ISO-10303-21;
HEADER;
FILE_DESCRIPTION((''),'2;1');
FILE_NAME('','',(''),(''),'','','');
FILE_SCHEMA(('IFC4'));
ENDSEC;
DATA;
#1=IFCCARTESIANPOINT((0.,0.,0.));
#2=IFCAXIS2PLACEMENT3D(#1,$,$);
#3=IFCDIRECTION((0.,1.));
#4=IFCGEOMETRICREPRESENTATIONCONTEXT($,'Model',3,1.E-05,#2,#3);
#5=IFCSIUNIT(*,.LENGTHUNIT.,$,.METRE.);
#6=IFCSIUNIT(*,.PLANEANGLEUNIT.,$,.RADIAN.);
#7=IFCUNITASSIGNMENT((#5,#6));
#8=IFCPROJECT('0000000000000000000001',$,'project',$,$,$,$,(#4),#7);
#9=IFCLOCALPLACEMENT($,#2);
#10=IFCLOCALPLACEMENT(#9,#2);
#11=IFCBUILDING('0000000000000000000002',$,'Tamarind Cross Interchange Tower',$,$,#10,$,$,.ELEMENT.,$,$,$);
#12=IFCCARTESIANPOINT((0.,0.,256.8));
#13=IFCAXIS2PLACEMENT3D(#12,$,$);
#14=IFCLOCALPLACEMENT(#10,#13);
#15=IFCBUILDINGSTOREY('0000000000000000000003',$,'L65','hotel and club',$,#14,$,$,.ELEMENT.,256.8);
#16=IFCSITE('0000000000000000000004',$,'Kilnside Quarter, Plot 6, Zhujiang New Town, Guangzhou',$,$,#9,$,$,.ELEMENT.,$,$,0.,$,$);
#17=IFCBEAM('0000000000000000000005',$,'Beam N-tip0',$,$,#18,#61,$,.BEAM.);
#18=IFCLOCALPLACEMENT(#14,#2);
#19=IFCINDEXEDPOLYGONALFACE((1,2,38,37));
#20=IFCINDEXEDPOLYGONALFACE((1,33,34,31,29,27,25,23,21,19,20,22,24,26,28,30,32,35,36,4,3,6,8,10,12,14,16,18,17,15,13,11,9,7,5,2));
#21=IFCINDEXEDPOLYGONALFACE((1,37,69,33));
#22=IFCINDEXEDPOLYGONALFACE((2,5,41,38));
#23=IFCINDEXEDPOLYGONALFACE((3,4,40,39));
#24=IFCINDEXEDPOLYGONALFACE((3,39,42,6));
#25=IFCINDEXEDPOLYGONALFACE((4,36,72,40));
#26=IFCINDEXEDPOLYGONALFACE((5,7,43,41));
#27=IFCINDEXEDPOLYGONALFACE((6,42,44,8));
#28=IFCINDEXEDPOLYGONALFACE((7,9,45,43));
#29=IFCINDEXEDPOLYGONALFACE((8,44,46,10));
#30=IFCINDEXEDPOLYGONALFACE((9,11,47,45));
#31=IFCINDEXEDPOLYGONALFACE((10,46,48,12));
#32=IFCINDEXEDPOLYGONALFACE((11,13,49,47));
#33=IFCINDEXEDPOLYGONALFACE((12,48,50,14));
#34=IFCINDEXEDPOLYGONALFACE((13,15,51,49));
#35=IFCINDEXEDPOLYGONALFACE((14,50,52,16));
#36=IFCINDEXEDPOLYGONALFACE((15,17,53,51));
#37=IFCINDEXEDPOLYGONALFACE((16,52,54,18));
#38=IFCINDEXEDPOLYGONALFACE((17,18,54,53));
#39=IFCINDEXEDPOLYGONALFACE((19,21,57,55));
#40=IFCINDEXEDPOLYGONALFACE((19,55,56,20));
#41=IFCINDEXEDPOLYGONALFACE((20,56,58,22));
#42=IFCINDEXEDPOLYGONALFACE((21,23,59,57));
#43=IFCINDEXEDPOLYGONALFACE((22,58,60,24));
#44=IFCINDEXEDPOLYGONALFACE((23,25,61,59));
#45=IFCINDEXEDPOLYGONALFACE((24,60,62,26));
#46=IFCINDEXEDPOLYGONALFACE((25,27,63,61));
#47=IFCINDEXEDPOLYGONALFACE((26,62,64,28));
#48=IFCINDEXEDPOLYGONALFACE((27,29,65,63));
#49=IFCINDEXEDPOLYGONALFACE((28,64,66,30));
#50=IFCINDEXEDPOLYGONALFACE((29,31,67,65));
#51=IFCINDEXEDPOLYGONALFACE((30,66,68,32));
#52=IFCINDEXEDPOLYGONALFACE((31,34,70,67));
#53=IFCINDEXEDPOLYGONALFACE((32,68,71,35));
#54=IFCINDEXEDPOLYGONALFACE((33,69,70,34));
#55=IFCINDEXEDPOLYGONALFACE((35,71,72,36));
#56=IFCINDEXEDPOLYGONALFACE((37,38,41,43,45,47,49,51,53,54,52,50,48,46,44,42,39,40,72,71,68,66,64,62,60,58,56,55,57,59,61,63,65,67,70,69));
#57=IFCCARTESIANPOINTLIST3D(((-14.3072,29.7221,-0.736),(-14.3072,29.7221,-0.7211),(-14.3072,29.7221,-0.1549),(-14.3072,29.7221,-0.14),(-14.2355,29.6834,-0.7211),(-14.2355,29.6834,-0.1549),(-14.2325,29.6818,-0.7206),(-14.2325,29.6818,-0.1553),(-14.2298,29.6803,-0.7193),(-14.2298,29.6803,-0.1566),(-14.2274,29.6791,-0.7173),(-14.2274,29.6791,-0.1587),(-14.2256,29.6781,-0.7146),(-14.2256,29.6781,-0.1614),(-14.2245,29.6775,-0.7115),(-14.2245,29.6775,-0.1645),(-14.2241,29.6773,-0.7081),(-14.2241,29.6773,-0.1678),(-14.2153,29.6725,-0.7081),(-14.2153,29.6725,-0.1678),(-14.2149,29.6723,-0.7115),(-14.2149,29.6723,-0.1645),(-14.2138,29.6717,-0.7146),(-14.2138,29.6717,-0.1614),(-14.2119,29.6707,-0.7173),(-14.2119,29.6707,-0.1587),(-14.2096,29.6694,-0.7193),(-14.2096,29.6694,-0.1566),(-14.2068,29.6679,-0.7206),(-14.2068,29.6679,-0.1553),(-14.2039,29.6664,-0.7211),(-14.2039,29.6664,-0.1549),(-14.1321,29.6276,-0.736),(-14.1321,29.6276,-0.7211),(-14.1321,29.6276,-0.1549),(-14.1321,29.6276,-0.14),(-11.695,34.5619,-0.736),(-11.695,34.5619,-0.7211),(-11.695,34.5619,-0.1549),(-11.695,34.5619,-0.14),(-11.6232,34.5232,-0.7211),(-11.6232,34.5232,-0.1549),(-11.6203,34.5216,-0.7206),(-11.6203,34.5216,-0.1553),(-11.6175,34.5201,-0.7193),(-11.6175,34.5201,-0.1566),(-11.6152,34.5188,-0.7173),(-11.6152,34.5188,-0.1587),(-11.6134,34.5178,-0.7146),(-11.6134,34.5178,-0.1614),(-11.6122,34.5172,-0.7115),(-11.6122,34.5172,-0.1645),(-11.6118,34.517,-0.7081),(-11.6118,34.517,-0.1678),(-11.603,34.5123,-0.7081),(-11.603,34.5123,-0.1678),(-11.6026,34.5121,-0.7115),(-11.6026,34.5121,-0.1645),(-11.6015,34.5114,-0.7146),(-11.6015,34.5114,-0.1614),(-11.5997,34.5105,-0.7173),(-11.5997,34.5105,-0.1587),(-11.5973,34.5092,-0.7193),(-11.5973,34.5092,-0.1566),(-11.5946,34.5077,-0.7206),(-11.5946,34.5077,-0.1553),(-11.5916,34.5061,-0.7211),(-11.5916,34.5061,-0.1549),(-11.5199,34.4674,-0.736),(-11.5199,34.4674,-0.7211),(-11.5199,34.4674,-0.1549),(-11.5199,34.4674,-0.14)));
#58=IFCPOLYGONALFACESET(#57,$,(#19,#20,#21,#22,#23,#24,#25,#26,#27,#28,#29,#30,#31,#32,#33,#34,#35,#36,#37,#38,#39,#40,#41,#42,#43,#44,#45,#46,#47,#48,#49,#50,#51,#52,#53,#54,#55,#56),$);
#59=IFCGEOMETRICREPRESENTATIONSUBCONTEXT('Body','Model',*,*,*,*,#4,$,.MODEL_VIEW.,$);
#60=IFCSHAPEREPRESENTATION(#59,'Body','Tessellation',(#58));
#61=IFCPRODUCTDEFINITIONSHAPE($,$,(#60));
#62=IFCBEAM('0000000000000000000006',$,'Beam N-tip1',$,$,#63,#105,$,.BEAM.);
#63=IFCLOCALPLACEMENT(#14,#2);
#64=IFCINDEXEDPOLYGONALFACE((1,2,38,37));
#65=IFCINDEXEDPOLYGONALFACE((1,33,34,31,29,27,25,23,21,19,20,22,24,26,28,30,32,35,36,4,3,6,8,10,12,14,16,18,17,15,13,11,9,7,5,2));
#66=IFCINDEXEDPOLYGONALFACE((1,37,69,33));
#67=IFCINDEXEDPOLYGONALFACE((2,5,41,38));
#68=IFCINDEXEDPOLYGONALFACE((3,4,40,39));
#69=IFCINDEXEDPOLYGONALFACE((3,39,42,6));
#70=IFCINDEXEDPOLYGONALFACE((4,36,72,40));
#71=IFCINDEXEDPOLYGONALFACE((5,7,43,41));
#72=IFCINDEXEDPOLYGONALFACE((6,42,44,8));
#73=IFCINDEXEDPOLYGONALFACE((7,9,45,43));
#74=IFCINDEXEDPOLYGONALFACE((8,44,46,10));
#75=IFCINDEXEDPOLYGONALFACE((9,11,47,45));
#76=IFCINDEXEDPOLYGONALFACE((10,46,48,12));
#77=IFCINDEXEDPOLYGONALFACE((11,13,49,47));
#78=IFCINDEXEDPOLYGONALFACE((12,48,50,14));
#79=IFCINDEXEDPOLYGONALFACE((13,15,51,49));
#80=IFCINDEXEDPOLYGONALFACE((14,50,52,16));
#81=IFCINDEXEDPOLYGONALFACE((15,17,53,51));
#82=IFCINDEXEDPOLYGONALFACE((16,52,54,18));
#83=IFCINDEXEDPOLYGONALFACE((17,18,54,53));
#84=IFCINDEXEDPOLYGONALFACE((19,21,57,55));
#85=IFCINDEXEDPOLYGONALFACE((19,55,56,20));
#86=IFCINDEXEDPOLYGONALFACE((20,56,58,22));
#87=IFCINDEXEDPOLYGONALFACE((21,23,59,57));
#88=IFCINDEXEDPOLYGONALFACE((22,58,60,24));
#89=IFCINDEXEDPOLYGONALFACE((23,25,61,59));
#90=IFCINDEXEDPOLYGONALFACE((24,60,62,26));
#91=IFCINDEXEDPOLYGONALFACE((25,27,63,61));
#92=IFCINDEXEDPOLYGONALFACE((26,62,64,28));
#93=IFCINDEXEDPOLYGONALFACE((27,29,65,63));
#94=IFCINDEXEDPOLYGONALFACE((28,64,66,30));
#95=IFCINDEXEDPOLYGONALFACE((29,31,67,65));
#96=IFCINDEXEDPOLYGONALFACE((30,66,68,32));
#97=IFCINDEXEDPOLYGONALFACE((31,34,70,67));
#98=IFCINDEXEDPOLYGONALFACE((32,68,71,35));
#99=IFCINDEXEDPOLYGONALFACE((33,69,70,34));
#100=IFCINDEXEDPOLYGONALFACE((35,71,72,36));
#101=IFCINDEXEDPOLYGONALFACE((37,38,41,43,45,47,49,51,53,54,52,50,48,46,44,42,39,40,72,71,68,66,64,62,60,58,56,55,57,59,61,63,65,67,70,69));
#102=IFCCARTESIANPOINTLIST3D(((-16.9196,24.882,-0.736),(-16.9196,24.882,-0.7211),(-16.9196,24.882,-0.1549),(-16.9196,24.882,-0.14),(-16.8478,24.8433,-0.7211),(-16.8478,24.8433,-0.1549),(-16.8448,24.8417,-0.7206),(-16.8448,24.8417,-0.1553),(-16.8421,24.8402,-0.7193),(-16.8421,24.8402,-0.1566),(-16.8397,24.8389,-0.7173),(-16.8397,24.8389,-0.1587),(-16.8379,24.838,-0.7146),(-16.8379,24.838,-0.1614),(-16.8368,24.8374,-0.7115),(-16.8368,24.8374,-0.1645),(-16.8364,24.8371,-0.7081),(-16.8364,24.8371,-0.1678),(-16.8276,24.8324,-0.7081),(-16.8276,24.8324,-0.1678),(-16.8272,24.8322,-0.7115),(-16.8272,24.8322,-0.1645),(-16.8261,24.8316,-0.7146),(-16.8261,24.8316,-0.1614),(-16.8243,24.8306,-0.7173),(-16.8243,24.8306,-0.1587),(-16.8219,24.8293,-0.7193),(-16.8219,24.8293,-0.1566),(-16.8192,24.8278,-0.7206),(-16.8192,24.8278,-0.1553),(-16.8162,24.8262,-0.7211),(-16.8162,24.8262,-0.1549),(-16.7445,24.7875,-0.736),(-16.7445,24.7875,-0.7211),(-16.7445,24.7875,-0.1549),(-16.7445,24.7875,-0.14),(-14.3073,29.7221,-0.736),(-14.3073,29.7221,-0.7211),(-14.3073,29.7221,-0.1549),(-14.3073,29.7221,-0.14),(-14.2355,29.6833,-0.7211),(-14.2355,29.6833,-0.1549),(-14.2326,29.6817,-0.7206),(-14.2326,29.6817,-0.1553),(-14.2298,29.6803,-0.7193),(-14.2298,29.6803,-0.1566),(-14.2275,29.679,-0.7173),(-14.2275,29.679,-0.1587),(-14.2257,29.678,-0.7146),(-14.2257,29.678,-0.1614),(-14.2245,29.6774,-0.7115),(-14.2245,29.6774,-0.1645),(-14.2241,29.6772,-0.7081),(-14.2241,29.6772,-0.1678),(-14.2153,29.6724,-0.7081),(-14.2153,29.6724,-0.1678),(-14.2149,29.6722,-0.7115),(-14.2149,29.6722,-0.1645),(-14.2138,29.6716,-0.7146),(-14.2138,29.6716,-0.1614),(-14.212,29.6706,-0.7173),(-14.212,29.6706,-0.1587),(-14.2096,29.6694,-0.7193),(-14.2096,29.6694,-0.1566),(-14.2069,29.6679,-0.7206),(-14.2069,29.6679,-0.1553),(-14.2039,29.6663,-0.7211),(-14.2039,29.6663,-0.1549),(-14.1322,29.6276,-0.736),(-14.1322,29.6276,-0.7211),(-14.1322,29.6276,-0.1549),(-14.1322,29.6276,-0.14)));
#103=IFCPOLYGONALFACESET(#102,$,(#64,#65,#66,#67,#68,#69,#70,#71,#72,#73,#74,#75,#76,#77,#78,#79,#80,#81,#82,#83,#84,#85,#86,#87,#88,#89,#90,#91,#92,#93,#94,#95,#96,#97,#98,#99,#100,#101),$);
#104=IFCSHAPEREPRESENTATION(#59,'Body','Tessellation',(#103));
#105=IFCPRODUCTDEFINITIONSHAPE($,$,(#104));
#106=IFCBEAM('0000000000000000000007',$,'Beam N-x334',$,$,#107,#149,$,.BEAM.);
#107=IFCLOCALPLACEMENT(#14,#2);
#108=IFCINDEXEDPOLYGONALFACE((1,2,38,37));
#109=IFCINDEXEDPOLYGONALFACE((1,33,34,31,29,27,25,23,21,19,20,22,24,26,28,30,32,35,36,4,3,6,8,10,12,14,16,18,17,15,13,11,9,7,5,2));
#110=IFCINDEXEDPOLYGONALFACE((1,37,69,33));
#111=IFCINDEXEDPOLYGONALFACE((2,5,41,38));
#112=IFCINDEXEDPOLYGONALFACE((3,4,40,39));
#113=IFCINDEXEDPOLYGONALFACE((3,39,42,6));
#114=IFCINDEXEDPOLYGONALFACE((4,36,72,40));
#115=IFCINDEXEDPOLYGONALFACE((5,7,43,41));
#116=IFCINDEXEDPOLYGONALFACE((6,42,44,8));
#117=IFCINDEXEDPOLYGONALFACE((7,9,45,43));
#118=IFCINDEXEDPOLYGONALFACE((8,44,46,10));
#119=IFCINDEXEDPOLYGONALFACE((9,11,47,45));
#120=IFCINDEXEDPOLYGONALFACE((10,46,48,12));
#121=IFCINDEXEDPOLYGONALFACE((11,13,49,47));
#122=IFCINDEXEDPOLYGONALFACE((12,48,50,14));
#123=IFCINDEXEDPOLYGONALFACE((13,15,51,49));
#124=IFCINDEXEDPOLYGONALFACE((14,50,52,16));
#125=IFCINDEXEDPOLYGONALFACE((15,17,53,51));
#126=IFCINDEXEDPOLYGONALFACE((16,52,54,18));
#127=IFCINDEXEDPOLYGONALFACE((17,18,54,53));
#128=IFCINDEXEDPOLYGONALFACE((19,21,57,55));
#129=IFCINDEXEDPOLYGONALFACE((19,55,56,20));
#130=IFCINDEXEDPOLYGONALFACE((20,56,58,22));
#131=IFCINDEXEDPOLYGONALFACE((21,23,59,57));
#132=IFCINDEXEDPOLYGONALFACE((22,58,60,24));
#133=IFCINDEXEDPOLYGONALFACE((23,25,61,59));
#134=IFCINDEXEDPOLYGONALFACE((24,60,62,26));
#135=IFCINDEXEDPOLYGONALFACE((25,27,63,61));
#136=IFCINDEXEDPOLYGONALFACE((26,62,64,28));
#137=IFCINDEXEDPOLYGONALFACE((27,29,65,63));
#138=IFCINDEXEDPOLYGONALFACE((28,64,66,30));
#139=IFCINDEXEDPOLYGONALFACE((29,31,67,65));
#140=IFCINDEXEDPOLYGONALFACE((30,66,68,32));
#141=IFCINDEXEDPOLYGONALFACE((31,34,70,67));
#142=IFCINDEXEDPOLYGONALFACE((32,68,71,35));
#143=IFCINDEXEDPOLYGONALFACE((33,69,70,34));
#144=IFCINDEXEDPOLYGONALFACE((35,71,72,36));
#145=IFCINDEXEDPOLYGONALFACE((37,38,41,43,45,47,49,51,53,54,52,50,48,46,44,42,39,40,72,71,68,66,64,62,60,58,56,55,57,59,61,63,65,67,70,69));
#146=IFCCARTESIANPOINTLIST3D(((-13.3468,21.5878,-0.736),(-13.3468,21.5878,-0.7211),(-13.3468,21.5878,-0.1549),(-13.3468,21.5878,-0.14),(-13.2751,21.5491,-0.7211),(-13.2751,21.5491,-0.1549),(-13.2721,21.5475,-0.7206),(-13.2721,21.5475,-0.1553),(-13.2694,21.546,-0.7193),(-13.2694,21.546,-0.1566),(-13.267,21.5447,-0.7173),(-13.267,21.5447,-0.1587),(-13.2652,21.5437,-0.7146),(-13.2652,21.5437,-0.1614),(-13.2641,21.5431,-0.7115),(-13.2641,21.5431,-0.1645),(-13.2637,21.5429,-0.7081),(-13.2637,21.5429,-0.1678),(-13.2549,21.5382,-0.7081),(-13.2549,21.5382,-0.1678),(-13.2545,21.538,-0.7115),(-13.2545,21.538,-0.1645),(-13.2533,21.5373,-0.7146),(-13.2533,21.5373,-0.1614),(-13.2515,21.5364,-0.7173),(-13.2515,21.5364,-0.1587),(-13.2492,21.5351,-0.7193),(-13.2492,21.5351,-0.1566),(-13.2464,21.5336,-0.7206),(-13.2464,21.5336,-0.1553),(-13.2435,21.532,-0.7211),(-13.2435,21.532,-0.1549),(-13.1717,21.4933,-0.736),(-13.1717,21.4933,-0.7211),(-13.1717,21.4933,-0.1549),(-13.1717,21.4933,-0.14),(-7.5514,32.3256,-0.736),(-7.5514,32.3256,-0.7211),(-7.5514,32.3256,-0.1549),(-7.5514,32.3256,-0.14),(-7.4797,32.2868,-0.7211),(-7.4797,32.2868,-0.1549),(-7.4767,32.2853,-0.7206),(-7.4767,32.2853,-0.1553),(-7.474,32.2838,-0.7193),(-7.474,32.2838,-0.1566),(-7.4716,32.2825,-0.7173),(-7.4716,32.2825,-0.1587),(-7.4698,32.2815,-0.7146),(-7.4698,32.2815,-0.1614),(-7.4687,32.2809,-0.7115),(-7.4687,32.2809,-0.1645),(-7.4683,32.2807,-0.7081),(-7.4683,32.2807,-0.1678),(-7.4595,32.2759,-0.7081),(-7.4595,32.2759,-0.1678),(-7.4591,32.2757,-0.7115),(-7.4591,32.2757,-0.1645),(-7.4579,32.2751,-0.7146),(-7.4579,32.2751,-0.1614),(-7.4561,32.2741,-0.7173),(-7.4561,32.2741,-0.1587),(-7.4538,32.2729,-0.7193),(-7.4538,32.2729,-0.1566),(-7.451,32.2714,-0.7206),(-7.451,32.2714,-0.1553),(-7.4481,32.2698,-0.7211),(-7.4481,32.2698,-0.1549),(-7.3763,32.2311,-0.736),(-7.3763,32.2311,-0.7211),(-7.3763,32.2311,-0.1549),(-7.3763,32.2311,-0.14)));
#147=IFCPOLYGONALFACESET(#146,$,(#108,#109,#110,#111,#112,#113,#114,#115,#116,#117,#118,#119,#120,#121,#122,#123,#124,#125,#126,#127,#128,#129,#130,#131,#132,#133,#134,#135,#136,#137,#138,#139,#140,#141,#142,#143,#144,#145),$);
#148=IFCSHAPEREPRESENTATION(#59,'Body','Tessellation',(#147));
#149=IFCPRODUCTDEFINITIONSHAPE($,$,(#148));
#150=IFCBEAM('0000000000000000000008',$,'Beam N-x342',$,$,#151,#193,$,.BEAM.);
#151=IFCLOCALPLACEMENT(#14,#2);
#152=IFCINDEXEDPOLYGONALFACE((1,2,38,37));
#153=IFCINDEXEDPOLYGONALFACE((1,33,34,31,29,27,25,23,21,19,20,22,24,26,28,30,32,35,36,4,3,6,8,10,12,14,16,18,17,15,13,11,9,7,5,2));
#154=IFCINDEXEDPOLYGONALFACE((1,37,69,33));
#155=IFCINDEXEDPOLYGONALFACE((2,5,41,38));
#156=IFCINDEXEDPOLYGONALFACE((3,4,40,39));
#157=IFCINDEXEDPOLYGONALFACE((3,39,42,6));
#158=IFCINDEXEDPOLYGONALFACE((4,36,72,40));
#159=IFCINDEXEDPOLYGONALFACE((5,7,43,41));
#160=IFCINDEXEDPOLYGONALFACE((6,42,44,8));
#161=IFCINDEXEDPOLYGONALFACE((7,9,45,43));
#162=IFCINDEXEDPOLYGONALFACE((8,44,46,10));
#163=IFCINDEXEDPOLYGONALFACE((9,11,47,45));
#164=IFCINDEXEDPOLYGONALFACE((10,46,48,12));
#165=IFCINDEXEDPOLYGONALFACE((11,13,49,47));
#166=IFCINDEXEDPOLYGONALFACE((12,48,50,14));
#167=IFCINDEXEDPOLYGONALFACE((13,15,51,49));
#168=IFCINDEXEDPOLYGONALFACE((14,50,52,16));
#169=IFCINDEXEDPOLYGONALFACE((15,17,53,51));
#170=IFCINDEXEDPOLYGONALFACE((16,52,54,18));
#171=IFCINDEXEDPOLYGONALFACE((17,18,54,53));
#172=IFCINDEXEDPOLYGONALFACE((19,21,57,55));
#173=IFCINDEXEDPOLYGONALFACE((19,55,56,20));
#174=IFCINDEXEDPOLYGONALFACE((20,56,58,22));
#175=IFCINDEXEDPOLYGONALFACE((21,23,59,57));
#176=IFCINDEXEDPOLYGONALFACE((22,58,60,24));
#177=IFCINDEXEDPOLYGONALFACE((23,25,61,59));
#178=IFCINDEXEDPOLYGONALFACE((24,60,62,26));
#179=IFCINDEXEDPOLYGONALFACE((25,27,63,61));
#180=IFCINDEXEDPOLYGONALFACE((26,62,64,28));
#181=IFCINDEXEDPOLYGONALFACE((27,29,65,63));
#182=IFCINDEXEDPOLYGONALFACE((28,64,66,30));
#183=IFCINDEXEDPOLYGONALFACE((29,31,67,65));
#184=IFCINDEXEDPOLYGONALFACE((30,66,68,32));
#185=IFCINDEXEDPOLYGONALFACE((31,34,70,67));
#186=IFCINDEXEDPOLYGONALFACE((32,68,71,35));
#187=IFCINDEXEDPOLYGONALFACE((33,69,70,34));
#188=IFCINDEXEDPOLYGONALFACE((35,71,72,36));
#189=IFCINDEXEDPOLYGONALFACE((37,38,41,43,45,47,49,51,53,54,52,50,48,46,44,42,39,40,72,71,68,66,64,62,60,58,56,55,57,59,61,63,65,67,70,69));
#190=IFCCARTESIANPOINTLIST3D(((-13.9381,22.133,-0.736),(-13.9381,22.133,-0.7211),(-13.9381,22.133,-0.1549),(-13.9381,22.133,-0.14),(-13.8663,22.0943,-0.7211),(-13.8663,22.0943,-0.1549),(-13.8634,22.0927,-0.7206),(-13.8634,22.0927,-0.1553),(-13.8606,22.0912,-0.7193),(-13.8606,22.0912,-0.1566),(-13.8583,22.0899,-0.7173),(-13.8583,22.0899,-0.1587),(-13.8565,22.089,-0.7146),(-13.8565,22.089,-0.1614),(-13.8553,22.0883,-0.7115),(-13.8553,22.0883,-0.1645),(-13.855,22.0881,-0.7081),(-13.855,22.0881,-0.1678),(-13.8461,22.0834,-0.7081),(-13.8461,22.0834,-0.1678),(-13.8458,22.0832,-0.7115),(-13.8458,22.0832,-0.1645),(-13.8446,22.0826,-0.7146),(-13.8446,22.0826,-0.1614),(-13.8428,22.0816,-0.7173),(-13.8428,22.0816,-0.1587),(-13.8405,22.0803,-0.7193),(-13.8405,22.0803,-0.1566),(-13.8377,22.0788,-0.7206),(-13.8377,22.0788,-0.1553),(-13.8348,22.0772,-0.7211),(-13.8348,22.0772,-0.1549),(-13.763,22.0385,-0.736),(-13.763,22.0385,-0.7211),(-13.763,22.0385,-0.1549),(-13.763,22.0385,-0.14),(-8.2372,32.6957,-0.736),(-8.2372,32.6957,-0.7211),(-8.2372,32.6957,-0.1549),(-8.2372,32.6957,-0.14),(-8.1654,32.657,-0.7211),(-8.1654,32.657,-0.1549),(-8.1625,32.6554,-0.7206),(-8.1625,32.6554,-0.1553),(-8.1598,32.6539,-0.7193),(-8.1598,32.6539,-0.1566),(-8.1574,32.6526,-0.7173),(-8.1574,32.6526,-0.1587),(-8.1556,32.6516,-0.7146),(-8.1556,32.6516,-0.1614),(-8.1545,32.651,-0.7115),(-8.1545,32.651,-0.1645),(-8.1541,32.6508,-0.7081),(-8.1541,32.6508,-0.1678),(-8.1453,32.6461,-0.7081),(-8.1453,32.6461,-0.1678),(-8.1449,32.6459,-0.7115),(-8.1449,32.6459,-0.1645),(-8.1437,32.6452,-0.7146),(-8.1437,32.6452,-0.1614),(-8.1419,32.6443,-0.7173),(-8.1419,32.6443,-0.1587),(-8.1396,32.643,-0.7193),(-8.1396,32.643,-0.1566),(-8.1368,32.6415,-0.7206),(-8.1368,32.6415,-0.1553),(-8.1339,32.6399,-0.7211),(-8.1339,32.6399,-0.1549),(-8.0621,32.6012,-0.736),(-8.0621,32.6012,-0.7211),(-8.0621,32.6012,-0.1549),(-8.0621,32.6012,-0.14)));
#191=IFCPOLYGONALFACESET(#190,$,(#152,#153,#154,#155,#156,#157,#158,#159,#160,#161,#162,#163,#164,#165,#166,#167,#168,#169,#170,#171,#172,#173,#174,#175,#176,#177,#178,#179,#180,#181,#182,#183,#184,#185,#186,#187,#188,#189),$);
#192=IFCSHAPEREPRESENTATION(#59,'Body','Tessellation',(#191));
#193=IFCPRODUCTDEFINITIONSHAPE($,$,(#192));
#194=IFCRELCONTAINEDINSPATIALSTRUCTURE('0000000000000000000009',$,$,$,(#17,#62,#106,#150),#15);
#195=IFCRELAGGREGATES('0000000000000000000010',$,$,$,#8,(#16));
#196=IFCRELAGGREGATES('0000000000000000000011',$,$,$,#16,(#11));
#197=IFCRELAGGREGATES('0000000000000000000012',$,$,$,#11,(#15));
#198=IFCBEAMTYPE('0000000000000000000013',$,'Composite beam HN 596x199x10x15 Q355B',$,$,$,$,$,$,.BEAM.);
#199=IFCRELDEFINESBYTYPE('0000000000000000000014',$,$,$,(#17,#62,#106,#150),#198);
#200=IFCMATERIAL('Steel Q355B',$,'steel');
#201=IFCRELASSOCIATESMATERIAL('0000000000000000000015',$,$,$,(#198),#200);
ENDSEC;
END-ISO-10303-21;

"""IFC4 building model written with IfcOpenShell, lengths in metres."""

from ifc_helpers import new_model, si_unit, direction, frame, origin, origin_2d, place, context, subcontext, project, spatial, i_section, extrude, material, material_profile, profile_set, type_object, element, save


model = new_model("IFC4")

# Units and contexts
model_context = context("Model", 3, precision=1e-05, world=origin(), true_north=direction((0.0, 1.0)))
body_context = subcontext(model_context, "Body", "Model", "MODEL_VIEW")
ifc_project = project(units=[si_unit("LENGTHUNIT", "METRE"), si_unit("PLANEANGLEUNIT", "RADIAN")], contexts=[model_context])

# Site, building, storey
site_placement = place(None, origin())
site = spatial("IfcSite", under=ifc_project, at=site_placement, Name="Kilnside Quarter, Plot 6, Zhujiang New Town, Guangzhou", CompositionType="ELEMENT", RefElevation=0.0)
building_placement = place(site_placement, origin())
building = spatial("IfcBuilding", under=site, at=building_placement, Name="Tamarind Cross Interchange Tower", CompositionType="ELEMENT")
storey_placement = place(building_placement, frame((0.0, 0.0, 256.8)))
storey = spatial("IfcBuildingStorey", under=building, at=storey_placement, Name="L65", Description="hotel and club", CompositionType="ELEMENT", Elevation=256.8)

# Beams
ifc_material_1 = material(Name="Steel Q355B", Category="steel")
ifc_material_profile_1 = material_profile(ifc_material_1, i_section(OverallWidth=0.199, OverallDepth=0.5959, WebThickness=0.01, FlangeThickness=0.0149, FilletRadius=0.0129, at=origin_2d()), Name="HN 596x199x10x15")
ifc_profile_set_1 = profile_set([ifc_material_profile_1], Name="Steel Q355B")
beam_type_1 = type_object("IfcBeamType", Name="Composite beam HN 596x199x10x15 Q355B", PredefinedType="BEAM", material=ifc_profile_set_1)
beam_1_placement = place(storey_placement, frame((-11.6074, 34.5146, -0.438), z_axis=(-0.474978, -0.879997, 0.0), x_axis=(0.879997, -0.474978, 0.0)))
element("IfcBeam", 1, at=beam_1_placement, inside=storey, type_object=beam_type_1, Name="Beam N-tip0", PredefinedType="BEAM", context=body_context, shape_type="SweptSolid", body=[
    extrude(i_section(OverallWidth=0.199, OverallDepth=0.5959, WebThickness=0.01, FlangeThickness=0.0149, FilletRadius=0.0129, at=origin_2d()), origin(), (0.0, 0.0, 1.0), 5.4998),
])
beam_2_placement = place(storey_placement, frame((-14.2197, 29.6748, -0.438), z_axis=(-0.47496, -0.880007, 0.0), x_axis=(0.880007, -0.47496, 0.0)))
element("IfcBeam", 2, at=beam_2_placement, inside=storey, type_object=beam_type_1, Name="Beam N-tip1", PredefinedType="BEAM", context=body_context, shape_type="SweptSolid", body=[
    extrude(i_section(OverallWidth=0.199, OverallDepth=0.5959, WebThickness=0.01, FlangeThickness=0.0149, FilletRadius=0.0129, at=origin_2d()), origin(), (0.0, 0.0, 1.0), 5.5),
])
beam_3_placement = place(storey_placement, frame((-7.4639, 32.2783, -0.438), z_axis=(-0.474959, -0.880008, 0.0), x_axis=(0.880008, -0.474959, 0.0)))
element("IfcBeam", 3, at=beam_3_placement, inside=storey, type_object=beam_type_1, Name="Beam N-x334", PredefinedType="BEAM", context=body_context, shape_type="SweptSolid", body=[
    extrude(i_section(OverallWidth=0.199, OverallDepth=0.5959, WebThickness=0.01, FlangeThickness=0.0149, FilletRadius=0.0129, at=origin_2d()), origin(), (0.0, 0.0, 1.0), 12.2019),
])
beam_4_placement = place(storey_placement, frame((-8.1497, 32.6484, -0.438), z_axis=(-0.474958, -0.880008, 0.0), x_axis=(0.880008, -0.474958, 0.0)))
element("IfcBeam", 4, at=beam_4_placement, inside=storey, type_object=beam_type_1, Name="Beam N-x342", PredefinedType="BEAM", context=body_context, shape_type="SweptSolid", body=[
    extrude(i_section(OverallWidth=0.199, OverallDepth=0.5959, WebThickness=0.01, FlangeThickness=0.0149, FilletRadius=0.0129, at=origin_2d()), origin(), (0.0, 0.0, 1.0), 12.0029),
])

save(model, "model.ifc")
